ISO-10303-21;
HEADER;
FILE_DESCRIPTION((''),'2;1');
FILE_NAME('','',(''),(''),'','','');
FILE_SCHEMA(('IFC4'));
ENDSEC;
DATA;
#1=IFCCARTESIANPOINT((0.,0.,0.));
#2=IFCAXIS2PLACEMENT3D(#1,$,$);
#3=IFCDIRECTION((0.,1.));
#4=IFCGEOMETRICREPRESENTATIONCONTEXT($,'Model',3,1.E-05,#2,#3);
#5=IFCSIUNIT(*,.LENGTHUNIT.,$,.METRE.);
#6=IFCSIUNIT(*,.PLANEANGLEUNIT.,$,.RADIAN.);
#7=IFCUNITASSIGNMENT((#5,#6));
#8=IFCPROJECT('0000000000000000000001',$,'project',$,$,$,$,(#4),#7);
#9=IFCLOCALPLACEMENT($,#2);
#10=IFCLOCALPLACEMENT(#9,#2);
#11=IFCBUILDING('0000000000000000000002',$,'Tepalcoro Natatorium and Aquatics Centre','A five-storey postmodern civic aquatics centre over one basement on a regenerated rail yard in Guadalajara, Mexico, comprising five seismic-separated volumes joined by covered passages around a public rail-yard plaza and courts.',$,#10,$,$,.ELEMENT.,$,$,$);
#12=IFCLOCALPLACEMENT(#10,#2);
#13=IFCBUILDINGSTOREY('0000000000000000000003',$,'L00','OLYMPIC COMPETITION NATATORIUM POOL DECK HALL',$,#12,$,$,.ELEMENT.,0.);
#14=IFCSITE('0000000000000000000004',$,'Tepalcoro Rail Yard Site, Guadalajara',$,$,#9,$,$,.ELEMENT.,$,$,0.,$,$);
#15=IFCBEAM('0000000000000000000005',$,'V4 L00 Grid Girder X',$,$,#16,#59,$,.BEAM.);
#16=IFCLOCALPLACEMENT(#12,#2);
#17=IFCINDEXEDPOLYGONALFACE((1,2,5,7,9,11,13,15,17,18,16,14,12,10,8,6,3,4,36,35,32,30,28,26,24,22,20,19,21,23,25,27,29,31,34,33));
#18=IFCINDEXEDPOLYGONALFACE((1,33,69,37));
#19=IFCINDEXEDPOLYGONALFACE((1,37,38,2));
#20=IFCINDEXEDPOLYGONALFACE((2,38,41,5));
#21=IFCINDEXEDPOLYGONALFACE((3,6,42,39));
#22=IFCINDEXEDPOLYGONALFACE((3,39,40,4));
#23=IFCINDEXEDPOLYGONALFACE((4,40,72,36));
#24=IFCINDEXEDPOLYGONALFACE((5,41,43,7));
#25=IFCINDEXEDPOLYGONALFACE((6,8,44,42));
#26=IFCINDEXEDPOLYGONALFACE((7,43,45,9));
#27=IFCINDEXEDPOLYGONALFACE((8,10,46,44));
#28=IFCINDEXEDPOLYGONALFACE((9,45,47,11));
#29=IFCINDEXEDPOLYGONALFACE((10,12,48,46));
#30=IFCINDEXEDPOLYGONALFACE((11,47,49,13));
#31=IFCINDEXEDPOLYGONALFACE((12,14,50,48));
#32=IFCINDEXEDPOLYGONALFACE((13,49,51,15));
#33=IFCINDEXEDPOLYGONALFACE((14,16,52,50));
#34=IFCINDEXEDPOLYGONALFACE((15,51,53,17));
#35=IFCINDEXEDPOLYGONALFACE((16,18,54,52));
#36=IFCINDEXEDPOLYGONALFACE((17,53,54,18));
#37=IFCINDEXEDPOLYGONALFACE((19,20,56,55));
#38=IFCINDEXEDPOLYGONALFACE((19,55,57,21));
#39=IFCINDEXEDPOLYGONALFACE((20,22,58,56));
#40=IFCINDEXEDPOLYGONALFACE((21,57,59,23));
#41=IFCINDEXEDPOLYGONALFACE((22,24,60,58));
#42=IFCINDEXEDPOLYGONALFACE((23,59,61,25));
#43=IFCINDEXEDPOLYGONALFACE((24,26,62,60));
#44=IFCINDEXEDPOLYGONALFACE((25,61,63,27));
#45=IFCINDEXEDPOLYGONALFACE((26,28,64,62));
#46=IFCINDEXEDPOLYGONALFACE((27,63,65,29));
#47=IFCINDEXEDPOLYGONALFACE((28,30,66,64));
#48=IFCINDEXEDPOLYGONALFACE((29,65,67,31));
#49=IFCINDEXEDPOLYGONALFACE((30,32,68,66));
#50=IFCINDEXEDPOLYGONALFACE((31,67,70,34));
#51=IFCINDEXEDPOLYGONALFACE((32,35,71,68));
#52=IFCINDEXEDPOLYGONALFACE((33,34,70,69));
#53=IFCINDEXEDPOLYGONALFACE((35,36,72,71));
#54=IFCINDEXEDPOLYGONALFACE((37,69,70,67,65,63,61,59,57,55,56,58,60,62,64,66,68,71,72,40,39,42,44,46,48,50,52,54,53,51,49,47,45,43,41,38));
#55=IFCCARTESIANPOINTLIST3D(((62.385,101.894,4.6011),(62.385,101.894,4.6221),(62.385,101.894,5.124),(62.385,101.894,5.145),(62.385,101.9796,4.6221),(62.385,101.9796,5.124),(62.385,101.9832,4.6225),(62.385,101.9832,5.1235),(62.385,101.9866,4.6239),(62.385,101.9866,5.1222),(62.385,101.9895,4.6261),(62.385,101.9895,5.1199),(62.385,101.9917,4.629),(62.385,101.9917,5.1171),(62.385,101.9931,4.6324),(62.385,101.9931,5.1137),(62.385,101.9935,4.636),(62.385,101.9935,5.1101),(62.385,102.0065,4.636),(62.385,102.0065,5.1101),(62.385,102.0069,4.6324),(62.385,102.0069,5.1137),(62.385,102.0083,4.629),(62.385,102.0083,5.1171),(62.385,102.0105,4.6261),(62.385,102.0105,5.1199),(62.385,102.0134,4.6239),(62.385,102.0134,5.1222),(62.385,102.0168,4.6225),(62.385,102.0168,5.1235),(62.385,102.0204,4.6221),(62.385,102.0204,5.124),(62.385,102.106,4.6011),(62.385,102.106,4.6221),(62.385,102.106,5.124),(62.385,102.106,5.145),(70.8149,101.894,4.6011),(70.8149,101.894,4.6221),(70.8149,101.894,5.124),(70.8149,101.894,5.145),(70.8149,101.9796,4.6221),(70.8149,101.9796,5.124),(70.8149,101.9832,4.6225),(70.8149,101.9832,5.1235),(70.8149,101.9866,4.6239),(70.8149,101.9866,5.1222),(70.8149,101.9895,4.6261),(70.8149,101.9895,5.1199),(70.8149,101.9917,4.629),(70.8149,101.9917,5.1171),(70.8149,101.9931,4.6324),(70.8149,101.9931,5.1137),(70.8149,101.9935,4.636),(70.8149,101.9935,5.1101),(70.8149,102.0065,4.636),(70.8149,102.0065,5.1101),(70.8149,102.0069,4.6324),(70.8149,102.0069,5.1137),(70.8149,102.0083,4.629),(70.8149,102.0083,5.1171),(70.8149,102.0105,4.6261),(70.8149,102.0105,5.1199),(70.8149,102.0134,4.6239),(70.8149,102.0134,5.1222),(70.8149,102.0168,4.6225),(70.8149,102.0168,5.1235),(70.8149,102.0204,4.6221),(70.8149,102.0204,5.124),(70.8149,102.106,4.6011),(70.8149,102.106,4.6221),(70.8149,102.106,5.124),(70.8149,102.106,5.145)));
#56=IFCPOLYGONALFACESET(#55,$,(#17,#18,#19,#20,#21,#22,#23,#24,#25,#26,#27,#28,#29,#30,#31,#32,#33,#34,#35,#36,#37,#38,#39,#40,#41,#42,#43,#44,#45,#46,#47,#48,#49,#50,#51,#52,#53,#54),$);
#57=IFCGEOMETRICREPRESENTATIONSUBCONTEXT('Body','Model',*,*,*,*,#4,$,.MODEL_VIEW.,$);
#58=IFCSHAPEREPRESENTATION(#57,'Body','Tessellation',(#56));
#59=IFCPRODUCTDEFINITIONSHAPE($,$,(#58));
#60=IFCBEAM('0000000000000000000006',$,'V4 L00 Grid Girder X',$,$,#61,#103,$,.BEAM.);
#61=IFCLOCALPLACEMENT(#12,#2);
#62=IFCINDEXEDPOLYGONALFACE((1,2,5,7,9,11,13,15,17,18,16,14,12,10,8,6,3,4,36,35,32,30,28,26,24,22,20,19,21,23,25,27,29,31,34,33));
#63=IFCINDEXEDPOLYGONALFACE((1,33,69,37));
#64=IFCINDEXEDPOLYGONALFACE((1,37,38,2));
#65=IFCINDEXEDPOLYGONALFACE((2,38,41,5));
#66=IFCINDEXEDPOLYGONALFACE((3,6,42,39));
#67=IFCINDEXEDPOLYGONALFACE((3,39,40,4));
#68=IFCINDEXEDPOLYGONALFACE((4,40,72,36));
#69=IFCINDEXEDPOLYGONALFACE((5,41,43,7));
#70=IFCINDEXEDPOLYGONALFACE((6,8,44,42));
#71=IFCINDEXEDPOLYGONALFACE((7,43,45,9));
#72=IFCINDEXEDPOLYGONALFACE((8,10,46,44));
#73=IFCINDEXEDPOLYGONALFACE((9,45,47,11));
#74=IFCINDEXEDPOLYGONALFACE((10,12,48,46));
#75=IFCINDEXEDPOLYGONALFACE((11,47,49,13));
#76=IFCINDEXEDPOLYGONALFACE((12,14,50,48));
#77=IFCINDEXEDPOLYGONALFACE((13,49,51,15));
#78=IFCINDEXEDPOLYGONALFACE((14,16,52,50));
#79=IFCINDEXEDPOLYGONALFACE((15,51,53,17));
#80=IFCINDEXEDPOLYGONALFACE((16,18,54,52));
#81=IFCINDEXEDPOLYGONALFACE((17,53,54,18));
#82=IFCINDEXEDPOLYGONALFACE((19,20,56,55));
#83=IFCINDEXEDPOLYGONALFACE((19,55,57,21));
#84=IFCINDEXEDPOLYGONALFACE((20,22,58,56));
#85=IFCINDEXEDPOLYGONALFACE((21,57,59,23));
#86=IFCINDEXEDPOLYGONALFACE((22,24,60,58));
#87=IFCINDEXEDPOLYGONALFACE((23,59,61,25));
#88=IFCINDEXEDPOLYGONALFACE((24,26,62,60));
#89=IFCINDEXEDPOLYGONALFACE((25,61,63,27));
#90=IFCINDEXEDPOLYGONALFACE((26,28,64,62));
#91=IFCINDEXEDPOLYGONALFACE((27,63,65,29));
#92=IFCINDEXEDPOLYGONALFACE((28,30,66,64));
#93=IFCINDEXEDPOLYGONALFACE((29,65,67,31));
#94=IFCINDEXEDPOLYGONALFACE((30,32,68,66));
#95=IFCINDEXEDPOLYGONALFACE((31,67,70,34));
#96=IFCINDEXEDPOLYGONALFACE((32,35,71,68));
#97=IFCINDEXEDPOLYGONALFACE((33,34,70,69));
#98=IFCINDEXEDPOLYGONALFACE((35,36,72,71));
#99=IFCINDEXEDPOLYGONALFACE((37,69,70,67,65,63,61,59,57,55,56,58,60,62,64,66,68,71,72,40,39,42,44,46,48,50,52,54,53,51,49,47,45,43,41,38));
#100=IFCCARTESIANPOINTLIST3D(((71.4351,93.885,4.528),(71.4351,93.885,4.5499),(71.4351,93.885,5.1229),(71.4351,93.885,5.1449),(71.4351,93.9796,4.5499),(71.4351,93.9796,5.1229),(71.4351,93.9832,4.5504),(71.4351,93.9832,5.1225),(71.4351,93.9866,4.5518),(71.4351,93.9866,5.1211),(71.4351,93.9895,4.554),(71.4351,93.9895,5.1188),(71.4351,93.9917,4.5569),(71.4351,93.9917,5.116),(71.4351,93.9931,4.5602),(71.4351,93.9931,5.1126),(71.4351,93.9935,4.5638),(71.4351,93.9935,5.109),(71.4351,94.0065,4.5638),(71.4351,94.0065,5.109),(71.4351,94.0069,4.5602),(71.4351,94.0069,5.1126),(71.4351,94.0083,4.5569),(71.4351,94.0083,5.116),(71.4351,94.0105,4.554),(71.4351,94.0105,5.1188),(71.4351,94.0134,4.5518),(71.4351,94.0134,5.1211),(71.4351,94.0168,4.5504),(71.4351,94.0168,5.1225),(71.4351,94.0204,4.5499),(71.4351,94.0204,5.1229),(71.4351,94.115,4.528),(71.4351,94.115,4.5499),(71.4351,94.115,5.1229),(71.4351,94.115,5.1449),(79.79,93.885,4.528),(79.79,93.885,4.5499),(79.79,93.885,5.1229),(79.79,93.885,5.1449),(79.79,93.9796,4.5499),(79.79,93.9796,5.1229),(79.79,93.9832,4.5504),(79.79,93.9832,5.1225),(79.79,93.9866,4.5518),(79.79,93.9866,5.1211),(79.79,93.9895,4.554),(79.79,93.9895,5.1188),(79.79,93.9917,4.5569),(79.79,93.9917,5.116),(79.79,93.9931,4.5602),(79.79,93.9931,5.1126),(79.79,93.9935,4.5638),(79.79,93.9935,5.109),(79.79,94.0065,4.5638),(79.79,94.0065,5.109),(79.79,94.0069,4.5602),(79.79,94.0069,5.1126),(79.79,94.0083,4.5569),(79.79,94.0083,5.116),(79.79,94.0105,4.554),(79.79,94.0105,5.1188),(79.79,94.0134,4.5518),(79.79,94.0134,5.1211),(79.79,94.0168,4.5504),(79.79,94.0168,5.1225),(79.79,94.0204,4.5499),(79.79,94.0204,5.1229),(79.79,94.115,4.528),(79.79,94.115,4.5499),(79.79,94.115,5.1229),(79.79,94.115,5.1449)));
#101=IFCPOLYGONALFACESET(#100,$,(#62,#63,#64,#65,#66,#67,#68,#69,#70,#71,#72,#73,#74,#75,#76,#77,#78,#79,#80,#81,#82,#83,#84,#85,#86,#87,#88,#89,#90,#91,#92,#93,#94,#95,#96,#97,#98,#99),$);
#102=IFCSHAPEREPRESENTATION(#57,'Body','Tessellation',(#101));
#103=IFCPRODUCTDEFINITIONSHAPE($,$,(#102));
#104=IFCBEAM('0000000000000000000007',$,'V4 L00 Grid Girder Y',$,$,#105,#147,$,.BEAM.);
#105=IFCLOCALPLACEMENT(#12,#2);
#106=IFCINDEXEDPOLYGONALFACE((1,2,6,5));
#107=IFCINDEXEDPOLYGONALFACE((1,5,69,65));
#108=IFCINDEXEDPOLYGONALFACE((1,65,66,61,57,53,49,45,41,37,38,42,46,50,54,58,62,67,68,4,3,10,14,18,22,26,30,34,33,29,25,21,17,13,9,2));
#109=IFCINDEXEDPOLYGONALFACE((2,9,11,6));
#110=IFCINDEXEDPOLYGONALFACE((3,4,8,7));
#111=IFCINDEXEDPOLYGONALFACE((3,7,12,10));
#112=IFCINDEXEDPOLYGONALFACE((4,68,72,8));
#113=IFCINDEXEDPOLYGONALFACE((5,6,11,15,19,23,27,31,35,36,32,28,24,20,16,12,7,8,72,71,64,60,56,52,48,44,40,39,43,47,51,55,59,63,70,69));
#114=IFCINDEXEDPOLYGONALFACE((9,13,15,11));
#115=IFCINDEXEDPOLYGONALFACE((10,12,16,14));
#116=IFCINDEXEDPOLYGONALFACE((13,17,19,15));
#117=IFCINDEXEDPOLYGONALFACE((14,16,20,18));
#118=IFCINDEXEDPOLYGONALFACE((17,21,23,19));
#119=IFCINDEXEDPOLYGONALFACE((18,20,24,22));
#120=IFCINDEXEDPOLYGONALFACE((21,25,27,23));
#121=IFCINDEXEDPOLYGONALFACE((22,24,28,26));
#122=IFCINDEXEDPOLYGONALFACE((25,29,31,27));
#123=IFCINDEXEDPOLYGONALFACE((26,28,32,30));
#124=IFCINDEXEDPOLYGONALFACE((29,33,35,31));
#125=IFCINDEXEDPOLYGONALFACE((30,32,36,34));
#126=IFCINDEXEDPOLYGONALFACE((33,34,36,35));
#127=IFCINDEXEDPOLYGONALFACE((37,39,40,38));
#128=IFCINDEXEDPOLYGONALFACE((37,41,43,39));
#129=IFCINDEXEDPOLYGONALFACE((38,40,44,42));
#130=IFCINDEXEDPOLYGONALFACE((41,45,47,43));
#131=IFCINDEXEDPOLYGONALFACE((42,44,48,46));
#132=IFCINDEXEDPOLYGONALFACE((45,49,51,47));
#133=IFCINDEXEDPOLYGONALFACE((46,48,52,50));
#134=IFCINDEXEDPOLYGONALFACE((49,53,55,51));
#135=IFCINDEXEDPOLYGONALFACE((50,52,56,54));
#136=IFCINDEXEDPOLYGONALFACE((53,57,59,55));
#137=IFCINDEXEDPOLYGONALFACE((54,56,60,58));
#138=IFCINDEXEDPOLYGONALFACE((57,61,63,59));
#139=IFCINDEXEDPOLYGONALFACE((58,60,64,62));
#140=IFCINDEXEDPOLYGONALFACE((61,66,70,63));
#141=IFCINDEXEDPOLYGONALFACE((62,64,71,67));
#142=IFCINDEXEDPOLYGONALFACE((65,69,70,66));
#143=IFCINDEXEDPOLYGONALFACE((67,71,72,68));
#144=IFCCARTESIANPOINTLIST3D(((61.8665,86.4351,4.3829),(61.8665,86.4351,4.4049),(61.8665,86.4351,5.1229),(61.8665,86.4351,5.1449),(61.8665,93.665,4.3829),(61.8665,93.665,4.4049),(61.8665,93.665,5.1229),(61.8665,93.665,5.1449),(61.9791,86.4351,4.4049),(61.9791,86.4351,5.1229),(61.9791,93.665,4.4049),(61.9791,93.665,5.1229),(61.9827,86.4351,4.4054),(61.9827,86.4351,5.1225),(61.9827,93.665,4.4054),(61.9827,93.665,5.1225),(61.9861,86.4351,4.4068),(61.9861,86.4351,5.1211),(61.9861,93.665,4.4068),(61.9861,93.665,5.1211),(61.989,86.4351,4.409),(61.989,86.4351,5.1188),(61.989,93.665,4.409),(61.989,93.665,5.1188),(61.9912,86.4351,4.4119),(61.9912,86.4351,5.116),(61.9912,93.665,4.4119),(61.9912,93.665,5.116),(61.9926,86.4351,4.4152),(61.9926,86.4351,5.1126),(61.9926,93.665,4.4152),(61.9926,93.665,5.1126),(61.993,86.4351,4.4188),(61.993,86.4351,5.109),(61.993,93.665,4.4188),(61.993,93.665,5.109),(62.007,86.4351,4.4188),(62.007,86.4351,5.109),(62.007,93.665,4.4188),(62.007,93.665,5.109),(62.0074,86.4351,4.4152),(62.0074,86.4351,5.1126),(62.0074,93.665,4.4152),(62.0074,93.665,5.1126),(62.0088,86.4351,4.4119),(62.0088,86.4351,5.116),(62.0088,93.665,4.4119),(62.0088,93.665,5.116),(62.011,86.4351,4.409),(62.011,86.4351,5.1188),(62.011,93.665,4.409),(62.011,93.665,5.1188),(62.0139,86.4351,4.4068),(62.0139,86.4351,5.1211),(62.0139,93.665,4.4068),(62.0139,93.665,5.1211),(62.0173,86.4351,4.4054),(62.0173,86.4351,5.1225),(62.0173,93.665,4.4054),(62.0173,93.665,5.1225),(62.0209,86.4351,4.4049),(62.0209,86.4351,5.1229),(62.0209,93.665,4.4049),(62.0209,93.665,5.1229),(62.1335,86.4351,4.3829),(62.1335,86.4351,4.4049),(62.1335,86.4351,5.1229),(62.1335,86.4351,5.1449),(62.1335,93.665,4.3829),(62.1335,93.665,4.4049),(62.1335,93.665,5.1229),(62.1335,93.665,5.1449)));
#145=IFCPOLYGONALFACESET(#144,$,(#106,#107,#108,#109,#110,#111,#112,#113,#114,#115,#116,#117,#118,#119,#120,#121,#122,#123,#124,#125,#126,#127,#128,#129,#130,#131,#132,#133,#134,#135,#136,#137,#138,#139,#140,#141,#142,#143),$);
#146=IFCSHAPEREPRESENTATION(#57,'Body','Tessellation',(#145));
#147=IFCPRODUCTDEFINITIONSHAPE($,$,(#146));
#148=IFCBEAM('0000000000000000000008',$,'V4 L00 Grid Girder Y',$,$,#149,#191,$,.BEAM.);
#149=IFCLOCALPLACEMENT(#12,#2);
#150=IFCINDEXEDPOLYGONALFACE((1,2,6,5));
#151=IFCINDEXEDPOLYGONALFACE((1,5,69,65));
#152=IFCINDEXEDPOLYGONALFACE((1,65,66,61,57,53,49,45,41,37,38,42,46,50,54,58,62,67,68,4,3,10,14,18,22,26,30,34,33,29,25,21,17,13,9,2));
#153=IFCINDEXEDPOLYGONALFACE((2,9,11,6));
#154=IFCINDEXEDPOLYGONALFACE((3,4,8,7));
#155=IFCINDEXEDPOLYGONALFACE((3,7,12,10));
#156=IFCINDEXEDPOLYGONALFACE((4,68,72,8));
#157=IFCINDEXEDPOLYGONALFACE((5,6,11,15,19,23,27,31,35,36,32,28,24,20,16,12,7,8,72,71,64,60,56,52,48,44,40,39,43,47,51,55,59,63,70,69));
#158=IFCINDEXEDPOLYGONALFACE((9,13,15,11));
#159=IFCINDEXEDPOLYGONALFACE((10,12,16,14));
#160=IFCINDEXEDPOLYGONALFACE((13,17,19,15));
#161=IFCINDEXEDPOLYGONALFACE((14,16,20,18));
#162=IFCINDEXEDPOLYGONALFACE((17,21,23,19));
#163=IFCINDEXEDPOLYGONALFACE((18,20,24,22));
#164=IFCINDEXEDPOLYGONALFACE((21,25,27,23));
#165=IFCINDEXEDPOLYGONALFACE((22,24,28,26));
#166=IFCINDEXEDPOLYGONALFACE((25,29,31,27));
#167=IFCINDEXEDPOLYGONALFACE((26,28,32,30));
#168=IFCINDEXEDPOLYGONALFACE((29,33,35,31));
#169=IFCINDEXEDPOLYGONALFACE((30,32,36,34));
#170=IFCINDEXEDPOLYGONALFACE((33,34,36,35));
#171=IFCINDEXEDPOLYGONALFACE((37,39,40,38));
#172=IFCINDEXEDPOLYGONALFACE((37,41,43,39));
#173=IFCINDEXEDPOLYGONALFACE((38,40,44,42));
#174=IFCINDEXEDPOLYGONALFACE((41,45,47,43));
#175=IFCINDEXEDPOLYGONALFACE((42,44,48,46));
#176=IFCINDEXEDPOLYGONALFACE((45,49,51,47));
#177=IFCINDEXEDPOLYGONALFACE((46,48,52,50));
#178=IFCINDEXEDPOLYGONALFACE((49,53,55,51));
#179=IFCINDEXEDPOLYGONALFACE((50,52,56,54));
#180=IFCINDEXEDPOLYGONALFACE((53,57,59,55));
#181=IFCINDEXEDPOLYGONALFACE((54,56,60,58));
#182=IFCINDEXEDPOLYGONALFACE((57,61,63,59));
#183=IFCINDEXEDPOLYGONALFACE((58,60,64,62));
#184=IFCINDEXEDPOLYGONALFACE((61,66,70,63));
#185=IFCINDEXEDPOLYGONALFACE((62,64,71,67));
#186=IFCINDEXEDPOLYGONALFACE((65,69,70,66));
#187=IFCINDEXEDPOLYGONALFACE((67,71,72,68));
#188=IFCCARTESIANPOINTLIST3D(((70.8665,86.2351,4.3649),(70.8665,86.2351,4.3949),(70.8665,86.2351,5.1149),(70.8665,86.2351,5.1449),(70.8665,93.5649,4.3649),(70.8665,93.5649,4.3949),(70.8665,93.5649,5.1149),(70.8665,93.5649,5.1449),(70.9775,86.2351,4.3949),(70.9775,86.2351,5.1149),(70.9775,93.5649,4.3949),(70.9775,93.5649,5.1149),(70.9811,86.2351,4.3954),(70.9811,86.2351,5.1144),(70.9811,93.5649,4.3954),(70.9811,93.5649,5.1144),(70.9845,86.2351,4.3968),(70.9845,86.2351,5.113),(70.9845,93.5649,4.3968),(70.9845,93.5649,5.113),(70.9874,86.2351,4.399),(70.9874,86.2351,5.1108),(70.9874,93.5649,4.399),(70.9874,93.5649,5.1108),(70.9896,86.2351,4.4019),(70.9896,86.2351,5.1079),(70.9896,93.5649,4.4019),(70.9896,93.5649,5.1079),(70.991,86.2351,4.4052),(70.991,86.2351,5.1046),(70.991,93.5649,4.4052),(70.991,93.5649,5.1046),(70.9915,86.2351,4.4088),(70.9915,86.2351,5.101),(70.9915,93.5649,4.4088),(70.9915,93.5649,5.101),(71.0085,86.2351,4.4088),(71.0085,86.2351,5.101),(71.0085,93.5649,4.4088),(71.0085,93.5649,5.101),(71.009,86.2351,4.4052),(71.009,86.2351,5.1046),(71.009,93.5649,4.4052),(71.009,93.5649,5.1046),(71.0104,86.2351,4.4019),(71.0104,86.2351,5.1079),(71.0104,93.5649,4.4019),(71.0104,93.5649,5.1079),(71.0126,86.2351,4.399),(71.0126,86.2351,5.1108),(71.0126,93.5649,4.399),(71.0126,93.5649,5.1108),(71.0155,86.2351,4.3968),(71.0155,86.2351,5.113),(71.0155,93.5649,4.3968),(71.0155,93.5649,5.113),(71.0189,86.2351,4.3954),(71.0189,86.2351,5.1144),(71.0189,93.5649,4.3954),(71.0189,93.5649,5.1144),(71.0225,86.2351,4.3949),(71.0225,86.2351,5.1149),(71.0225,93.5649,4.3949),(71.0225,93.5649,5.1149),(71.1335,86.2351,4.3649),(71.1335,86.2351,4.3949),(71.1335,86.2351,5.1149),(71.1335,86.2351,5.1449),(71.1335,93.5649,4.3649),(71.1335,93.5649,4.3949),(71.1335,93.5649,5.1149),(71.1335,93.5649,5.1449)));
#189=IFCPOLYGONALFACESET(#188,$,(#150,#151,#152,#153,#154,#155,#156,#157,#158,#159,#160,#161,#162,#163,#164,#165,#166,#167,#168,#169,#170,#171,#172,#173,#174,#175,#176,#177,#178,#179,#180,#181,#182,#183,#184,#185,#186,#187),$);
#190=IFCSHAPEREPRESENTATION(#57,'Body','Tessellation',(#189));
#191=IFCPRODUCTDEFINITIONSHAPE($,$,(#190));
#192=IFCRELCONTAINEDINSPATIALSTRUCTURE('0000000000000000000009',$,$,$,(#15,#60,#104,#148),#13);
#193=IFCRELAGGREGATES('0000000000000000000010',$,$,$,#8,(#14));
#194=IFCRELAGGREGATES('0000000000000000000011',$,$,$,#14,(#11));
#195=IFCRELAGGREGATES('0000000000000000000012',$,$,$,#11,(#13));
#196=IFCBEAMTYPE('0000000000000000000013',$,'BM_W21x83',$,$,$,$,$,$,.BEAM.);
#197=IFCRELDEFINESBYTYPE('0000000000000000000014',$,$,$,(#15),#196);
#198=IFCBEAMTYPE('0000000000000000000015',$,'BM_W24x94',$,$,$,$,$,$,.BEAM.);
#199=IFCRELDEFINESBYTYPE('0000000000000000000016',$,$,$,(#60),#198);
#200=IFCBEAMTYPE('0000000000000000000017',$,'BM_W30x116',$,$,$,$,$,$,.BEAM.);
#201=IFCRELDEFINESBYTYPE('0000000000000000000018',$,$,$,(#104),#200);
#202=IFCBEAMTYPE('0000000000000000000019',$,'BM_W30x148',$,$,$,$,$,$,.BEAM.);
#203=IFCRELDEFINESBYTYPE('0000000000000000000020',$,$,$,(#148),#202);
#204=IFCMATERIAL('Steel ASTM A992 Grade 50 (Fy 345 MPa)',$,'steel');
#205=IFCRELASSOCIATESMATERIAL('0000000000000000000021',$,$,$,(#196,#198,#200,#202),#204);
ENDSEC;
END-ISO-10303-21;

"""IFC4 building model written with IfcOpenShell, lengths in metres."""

from ifc_helpers import new_model, si_unit, direction, frame, origin, origin_2d, place, context, subcontext, project, spatial, i_section, extrude, material, material_profile, profile_set, type_object, element, save


model = new_model("IFC4")

# Units and contexts
model_context = context("Model", 3, precision=1e-05, world=origin(), true_north=direction((0.0, 1.0)))
body_context = subcontext(model_context, "Body", "Model", "MODEL_VIEW")
ifc_project = project(units=[si_unit("LENGTHUNIT", "METRE"), si_unit("PLANEANGLEUNIT", "RADIAN")], contexts=[model_context])

# Site, building, storey
site_placement = place(None, origin())
site = spatial("IfcSite", under=ifc_project, at=site_placement, Name="Tepalcoro Rail Yard Site, Guadalajara", CompositionType="ELEMENT", RefElevation=0.0)
building_placement = place(site_placement, origin())
building = spatial("IfcBuilding", under=site, at=building_placement, Name="Tepalcoro Natatorium and Aquatics Centre", Description="A five-storey postmodern civic aquatics centre over one basement on a regenerated rail yard in Guadalajara, Mexico, comprising five seismic-separated volumes joined by covered passages around a public rail-yard plaza and courts.", CompositionType="ELEMENT")
storey_placement = place(building_placement, origin())
storey = spatial("IfcBuildingStorey", under=building, at=storey_placement, Name="L00", Description="OLYMPIC COMPETITION NATATORIUM POOL DECK HALL", CompositionType="ELEMENT", Elevation=0.0)

# Beams
ifc_material_1 = material(Name="Steel ASTM A992 Grade 50 (Fy 345 MPa)", Category="steel")
ifc_material_profile_1 = material_profile(ifc_material_1, i_section(OverallWidth=0.2119, OverallDepth=0.5439, WebThickness=0.0129, FlangeThickness=0.021, FilletRadius=0.0139, at=origin_2d()), Name="W21X83")
ifc_profile_set_1 = profile_set([ifc_material_profile_1], Name="Steel ASTM A992 Grade 50 (Fy 345 MPa)")
beam_type_1 = type_object("IfcBeamType", Name="BM_W21x83", PredefinedType="BEAM", material=ifc_profile_set_1)
beam_1_placement = place(storey_placement, frame((62.385, 102.0, 4.873), z_axis=(1.0, 0.0, 0.0), x_axis=(0.0, 1.0, 0.0)))
element("IfcBeam", 1, at=beam_1_placement, inside=storey, type_object=beam_type_1, Name="V4 L00 Grid Girder X", PredefinedType="BEAM", context=body_context, shape_type="SweptSolid", body=[
    extrude(i_section(OverallWidth=0.2119, OverallDepth=0.5439, WebThickness=0.0129, FlangeThickness=0.021, FilletRadius=0.0139, at=origin_2d()), origin(), (0.0, 0.0, 1.0), 8.4299),
])
ifc_material_profile_2 = material_profile(ifc_material_1, i_section(OverallWidth=0.23, OverallDepth=0.6169, WebThickness=0.0129, FlangeThickness=0.022, FilletRadius=0.0139, at=origin_2d()), Name="W24X94")
ifc_profile_set_2 = profile_set([ifc_material_profile_2], Name="Steel ASTM A992 Grade 50 (Fy 345 MPa)")
beam_type_2 = type_object("IfcBeamType", Name="BM_W24x94", PredefinedType="BEAM", material=ifc_profile_set_2)
beam_2_placement = place(storey_placement, frame((71.4351, 94.0, 4.8364), z_axis=(1.0, 0.0, 0.0), x_axis=(0.0, 1.0, 0.0)))
element("IfcBeam", 2, at=beam_2_placement, inside=storey, type_object=beam_type_2, Name="V4 L00 Grid Girder X", PredefinedType="BEAM", context=body_context, shape_type="SweptSolid", body=[
    extrude(i_section(OverallWidth=0.23, OverallDepth=0.6169, WebThickness=0.0129, FlangeThickness=0.022, FilletRadius=0.0139, at=origin_2d()), origin(), (0.0, 0.0, 1.0), 8.355),
])
ifc_material_profile_3 = material_profile(ifc_material_1, i_section(OverallWidth=0.2671, OverallDepth=0.762, WebThickness=0.0139, FlangeThickness=0.022, FilletRadius=0.0139, at=origin_2d()), Name="W30X116")
ifc_profile_set_3 = profile_set([ifc_material_profile_3], Name="Steel ASTM A992 Grade 50 (Fy 345 MPa)")
beam_type_3 = type_object("IfcBeamType", Name="BM_W30x116", PredefinedType="BEAM", material=ifc_profile_set_3)
beam_3_placement = place(storey_placement, frame((62.0, 86.4351, 4.7639), z_axis=(0.0, 1.0, 0.0), x_axis=(-1.0, 0.0, 0.0)))
element("IfcBeam", 3, at=beam_3_placement, inside=storey, type_object=beam_type_3, Name="V4 L00 Grid Girder Y", PredefinedType="BEAM", context=body_context, shape_type="SweptSolid", body=[
    extrude(i_section(OverallWidth=0.2671, OverallDepth=0.762, WebThickness=0.0139, FlangeThickness=0.022, FilletRadius=0.0139, at=origin_2d()), origin(), (0.0, 0.0, 1.0), 7.23),
])
ifc_material_profile_4 = material_profile(ifc_material_1, i_section(OverallWidth=0.2671, OverallDepth=0.78, WebThickness=0.0171, FlangeThickness=0.03, FilletRadius=0.0139, at=origin_2d()), Name="W30X148")
ifc_profile_set_4 = profile_set([ifc_material_profile_4], Name="Steel ASTM A992 Grade 50 (Fy 345 MPa)")
beam_type_4 = type_object("IfcBeamType", Name="BM_W30x148", PredefinedType="BEAM", material=ifc_profile_set_4)
beam_4_placement = place(storey_placement, frame((71.0, 86.2351, 4.7549), z_axis=(0.0, 1.0, 0.0), x_axis=(-1.0, 0.0, 0.0)))
element("IfcBeam", 4, at=beam_4_placement, inside=storey, type_object=beam_type_4, Name="V4 L00 Grid Girder Y", PredefinedType="BEAM", context=body_context, shape_type="SweptSolid", body=[
    extrude(i_section(OverallWidth=0.2671, OverallDepth=0.78, WebThickness=0.0171, FlangeThickness=0.03, FilletRadius=0.0139, at=origin_2d()), origin(), (0.0, 0.0, 1.0), 7.3298),
])

save(model, "model.ifc")
